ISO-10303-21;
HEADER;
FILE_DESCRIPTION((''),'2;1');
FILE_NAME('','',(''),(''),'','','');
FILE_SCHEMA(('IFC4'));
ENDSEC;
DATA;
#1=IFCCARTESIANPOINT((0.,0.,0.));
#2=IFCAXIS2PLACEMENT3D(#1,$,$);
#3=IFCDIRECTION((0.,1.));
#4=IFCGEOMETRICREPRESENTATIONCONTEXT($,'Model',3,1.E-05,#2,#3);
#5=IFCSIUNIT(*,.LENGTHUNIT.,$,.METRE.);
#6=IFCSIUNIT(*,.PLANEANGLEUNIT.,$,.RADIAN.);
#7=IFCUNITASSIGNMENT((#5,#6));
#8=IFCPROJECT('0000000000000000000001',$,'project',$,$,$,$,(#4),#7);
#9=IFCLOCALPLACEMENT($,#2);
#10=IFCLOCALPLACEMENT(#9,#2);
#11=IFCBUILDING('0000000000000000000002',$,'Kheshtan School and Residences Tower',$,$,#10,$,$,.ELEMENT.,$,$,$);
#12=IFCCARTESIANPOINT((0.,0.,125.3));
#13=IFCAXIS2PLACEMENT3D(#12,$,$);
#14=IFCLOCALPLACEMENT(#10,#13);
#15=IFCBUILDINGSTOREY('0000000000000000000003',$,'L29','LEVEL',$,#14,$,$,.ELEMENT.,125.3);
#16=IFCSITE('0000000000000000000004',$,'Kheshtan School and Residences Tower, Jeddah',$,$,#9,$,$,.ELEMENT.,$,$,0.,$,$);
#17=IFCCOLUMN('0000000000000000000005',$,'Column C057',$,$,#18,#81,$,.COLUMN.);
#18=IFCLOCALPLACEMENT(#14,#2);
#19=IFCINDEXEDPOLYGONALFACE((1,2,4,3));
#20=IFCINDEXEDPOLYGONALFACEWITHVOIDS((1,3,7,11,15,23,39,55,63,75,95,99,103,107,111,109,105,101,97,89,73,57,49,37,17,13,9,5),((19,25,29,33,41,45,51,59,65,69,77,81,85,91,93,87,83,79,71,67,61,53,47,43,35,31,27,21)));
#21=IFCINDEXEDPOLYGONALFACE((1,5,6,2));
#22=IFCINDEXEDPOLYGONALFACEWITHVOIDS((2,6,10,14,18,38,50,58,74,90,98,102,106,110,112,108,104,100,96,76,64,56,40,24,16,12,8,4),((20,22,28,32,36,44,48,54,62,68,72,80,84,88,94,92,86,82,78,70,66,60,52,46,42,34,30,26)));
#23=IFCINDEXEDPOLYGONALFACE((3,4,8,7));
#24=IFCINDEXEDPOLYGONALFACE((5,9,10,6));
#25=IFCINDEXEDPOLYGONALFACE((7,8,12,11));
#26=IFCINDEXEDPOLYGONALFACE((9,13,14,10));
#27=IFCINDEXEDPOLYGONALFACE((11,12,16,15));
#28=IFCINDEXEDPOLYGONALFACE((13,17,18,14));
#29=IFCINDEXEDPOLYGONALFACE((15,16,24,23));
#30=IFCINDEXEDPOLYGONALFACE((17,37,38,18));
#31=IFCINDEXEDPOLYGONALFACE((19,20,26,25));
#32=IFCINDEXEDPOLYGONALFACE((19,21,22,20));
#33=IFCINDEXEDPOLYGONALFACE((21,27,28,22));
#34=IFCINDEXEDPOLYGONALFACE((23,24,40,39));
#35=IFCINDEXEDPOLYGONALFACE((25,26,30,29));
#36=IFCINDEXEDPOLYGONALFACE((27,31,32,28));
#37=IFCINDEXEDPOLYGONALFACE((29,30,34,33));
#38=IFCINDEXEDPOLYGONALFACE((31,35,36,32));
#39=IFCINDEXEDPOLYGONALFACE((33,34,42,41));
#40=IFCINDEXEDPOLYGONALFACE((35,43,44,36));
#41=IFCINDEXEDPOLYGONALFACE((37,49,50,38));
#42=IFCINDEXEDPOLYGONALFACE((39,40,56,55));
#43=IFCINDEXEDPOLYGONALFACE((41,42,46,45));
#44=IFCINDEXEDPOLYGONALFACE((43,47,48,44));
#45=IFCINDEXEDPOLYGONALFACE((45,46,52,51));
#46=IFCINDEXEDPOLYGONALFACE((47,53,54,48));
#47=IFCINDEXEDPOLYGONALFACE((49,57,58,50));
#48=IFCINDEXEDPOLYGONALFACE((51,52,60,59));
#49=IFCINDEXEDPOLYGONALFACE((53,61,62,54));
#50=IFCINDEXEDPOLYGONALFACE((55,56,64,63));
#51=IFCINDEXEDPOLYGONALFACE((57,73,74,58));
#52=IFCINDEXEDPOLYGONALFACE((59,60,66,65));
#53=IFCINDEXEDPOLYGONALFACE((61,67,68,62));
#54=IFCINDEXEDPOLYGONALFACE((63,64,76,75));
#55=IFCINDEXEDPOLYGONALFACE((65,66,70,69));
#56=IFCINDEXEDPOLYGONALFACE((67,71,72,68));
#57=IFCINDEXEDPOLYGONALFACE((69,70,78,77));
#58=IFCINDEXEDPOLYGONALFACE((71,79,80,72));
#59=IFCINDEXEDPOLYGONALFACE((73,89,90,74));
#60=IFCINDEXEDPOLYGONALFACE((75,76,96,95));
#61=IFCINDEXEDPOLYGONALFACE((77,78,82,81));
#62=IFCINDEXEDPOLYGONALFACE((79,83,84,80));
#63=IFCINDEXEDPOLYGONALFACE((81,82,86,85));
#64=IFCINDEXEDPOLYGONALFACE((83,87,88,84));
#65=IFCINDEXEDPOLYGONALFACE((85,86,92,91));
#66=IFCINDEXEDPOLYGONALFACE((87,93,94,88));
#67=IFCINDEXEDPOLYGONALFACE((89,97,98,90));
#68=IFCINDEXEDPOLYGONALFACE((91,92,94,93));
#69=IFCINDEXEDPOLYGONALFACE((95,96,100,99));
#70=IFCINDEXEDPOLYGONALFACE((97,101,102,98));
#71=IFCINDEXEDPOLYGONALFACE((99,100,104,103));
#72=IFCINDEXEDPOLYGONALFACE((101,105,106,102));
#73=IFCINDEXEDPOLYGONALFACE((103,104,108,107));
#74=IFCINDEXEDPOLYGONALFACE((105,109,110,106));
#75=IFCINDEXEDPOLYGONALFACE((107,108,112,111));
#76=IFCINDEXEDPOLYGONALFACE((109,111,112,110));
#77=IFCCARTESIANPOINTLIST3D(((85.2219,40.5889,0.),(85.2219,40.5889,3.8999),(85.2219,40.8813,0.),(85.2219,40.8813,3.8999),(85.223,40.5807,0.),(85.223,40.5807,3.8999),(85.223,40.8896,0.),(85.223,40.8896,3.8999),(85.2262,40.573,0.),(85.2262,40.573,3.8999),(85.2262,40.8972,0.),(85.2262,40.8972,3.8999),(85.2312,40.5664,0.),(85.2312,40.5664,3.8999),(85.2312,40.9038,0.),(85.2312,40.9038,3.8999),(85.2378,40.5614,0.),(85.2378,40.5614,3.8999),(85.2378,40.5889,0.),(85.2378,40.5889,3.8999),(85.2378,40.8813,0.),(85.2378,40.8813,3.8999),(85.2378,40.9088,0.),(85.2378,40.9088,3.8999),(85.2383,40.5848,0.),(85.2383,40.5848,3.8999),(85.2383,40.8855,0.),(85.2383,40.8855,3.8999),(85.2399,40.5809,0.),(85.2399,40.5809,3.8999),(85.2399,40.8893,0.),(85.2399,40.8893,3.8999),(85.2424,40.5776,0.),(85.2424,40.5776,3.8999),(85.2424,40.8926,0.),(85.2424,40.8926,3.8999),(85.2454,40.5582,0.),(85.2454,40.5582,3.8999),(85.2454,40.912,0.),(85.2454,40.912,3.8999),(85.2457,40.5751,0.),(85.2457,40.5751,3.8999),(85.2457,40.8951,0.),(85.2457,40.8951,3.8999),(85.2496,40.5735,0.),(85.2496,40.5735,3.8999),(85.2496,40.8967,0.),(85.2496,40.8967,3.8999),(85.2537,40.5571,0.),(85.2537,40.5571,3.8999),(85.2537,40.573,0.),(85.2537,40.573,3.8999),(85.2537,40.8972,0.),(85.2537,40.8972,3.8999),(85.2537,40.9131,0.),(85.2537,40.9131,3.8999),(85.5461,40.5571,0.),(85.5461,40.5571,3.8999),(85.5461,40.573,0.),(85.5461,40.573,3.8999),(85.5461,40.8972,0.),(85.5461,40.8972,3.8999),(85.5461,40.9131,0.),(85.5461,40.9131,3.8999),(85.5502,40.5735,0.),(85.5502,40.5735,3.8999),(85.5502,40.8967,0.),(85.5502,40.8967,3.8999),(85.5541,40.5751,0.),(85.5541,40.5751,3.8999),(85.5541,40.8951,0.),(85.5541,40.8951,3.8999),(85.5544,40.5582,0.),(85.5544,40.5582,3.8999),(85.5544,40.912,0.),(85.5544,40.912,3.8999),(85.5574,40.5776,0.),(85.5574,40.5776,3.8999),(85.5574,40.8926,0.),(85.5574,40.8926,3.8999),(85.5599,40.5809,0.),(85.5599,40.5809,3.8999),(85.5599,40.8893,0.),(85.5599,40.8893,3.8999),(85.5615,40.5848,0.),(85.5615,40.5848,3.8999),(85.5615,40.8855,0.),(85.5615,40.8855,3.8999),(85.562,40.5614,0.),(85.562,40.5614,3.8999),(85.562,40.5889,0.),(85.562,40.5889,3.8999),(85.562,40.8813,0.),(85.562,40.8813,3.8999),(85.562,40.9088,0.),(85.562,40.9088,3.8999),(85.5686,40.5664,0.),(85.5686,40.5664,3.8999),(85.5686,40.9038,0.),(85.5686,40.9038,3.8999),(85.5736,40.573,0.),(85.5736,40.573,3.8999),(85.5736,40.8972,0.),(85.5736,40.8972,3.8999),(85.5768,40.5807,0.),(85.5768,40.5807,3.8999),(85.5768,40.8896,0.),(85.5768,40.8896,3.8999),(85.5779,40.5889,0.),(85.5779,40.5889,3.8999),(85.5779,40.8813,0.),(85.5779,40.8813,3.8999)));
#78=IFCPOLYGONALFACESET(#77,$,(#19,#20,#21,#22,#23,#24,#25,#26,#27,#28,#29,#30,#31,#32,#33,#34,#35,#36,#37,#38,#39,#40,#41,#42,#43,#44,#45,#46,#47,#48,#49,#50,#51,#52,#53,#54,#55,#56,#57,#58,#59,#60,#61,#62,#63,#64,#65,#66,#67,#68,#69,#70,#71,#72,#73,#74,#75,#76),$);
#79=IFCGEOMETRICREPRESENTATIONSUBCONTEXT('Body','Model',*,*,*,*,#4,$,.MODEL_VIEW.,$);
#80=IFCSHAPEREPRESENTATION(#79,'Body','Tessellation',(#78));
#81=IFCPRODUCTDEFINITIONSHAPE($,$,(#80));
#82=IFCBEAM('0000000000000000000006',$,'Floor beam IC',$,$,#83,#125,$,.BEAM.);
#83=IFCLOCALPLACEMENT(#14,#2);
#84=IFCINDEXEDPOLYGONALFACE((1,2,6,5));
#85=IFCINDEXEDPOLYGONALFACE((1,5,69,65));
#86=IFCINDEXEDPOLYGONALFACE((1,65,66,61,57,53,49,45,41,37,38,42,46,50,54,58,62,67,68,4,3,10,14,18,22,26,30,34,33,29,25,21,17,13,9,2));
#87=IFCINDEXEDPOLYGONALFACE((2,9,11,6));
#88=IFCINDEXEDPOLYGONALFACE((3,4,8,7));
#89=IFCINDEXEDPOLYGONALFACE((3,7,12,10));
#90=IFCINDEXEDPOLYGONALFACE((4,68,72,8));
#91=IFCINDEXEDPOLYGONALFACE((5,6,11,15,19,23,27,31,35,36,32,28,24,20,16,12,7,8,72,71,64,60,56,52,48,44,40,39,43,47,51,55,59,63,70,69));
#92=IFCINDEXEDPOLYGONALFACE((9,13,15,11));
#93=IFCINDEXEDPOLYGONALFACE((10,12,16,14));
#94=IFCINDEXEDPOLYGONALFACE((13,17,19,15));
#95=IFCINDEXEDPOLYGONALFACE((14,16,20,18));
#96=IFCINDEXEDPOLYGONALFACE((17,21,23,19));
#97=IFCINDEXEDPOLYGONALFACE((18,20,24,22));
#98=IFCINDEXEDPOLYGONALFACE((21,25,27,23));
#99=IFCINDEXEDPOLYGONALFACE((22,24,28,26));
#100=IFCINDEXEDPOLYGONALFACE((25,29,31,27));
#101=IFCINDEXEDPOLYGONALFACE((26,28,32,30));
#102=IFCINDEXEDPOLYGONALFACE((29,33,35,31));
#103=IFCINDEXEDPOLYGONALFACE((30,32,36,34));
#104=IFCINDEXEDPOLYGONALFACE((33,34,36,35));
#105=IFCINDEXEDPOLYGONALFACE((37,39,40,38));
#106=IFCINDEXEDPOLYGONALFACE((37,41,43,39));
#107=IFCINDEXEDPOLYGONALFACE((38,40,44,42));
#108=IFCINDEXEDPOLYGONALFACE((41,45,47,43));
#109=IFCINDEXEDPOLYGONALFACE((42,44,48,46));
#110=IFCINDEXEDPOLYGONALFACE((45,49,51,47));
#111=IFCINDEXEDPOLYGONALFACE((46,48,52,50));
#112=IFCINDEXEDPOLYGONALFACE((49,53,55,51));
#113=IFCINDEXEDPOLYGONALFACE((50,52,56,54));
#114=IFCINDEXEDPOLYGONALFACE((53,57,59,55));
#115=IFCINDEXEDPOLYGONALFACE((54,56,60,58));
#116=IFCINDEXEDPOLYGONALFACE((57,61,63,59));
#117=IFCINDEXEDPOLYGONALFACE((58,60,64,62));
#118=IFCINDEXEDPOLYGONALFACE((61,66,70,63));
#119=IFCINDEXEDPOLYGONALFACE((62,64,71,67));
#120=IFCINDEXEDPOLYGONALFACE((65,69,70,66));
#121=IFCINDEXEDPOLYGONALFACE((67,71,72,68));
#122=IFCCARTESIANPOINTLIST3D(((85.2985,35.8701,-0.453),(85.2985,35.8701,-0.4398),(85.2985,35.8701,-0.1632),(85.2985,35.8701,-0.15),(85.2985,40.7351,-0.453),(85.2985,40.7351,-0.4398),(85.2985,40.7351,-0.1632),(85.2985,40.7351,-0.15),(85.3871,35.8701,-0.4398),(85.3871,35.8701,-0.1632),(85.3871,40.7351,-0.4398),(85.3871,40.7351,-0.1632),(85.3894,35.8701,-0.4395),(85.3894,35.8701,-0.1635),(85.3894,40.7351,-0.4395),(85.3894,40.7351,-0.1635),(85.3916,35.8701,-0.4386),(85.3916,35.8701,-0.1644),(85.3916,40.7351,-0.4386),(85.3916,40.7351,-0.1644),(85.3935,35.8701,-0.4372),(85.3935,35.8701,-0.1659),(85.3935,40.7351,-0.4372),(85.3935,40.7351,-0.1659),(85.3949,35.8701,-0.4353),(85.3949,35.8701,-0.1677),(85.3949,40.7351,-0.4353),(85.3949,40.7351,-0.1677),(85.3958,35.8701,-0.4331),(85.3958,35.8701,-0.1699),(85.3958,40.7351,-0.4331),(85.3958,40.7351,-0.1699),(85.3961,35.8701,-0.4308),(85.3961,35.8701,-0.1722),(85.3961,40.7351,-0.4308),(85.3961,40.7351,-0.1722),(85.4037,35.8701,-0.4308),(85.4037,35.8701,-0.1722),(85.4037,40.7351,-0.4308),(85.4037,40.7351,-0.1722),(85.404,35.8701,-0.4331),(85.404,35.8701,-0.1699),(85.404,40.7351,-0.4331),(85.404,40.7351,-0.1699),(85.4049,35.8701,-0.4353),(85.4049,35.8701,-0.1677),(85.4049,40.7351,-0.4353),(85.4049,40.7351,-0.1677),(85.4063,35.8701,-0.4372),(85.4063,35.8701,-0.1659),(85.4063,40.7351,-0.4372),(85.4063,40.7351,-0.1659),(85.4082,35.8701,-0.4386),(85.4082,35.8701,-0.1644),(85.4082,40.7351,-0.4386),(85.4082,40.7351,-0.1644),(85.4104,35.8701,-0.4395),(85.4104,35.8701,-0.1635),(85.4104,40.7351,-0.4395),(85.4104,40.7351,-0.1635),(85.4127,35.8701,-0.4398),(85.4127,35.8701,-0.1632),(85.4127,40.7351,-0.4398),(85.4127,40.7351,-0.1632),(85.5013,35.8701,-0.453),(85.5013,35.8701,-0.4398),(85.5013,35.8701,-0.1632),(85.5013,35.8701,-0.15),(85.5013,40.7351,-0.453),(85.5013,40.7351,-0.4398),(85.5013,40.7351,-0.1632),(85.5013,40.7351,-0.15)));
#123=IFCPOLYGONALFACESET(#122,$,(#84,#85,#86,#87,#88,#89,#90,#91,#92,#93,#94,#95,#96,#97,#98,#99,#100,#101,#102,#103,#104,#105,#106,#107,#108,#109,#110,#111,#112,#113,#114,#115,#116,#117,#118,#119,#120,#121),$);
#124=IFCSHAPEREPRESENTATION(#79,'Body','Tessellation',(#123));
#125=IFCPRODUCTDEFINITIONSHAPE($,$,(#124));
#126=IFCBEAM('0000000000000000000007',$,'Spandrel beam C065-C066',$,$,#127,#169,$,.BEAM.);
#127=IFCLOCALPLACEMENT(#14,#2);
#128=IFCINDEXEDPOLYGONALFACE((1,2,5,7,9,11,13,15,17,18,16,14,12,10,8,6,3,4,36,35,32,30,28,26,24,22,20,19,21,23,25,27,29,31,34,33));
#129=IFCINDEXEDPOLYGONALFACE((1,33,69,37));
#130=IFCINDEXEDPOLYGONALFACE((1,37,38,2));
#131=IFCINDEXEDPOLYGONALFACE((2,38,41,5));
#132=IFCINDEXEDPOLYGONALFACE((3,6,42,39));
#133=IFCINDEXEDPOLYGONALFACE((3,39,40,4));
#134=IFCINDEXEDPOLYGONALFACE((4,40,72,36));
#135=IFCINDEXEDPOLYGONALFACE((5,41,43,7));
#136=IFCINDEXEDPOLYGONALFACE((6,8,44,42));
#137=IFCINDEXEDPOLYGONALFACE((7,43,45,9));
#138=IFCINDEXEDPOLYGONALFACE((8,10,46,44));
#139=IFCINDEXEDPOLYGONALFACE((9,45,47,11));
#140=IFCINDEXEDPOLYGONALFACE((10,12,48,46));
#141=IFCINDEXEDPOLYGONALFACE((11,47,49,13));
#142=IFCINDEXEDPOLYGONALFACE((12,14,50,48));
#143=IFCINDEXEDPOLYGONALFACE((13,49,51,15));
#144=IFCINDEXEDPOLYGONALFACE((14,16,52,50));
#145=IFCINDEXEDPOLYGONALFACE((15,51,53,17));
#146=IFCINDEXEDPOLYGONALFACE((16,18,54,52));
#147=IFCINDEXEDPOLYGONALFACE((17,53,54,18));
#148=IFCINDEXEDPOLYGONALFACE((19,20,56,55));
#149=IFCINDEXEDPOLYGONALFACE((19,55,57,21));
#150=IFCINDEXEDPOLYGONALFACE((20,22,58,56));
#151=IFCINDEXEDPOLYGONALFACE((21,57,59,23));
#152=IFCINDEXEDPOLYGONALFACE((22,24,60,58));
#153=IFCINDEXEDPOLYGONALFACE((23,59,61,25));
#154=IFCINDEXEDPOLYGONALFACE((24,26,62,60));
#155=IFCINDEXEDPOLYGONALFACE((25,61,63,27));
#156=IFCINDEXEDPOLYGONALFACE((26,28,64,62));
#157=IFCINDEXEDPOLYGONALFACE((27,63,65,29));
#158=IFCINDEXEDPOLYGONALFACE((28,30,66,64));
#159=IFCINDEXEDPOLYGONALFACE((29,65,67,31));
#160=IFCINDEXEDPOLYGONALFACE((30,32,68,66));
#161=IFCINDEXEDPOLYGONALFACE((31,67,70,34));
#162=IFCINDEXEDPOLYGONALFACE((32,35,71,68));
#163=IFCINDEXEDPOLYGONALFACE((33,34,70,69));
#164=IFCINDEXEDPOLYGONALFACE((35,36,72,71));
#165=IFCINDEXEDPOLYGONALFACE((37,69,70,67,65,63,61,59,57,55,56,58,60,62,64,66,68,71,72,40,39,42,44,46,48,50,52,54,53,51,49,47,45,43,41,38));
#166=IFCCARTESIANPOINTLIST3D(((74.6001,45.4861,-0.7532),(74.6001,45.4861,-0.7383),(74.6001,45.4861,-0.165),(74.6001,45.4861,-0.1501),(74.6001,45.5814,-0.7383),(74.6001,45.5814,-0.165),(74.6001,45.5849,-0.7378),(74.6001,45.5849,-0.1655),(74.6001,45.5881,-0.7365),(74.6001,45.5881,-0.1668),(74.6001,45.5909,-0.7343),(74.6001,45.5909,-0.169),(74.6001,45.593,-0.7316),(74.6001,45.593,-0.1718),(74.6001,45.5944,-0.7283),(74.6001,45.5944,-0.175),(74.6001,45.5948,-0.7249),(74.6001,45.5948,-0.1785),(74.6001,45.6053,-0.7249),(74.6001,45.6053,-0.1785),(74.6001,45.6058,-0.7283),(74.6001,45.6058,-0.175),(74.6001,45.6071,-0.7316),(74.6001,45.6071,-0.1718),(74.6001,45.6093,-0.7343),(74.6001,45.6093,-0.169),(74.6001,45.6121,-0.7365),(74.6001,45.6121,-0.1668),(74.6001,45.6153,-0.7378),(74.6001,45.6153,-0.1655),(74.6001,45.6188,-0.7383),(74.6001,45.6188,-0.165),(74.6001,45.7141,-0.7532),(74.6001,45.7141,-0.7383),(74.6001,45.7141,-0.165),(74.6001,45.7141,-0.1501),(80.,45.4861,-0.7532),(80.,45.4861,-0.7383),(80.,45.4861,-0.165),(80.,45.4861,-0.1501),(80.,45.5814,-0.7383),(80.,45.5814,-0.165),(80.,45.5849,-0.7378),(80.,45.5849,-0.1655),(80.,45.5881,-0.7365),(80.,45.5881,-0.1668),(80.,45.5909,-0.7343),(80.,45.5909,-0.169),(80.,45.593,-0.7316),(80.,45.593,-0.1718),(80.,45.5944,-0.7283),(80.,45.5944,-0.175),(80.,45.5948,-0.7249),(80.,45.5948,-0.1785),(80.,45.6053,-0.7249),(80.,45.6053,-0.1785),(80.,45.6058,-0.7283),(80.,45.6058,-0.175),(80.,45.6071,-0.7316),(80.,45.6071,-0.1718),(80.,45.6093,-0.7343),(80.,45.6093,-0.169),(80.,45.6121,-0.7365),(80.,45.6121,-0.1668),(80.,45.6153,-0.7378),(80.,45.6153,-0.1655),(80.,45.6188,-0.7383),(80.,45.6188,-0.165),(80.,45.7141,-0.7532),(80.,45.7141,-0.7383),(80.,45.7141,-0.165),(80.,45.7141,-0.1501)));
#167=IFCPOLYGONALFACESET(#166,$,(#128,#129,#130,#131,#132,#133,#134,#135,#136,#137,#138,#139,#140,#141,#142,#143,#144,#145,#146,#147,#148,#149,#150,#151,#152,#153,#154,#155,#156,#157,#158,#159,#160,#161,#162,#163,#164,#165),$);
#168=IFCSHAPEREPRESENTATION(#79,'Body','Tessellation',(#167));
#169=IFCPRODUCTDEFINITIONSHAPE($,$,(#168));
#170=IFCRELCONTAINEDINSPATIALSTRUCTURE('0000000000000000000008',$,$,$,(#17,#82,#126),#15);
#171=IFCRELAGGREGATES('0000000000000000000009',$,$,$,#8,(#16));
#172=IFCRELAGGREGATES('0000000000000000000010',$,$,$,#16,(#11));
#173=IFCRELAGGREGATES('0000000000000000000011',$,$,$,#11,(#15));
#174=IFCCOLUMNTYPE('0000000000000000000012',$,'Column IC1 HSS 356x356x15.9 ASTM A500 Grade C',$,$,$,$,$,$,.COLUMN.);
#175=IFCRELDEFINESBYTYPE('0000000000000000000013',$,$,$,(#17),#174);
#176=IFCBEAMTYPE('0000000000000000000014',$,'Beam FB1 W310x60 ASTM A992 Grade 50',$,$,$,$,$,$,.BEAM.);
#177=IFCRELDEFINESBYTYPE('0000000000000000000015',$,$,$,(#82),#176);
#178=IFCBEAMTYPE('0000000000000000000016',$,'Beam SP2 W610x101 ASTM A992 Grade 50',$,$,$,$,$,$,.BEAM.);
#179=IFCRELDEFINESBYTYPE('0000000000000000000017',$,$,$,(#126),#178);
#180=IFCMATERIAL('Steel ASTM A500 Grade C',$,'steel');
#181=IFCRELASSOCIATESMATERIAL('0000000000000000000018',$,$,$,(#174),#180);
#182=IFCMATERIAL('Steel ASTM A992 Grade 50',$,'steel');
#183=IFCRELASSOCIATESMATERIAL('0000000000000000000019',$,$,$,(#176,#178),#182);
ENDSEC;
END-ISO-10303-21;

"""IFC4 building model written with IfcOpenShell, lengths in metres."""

from ifc_helpers import new_model, si_unit, direction, frame, origin, origin_2d, place, context, subcontext, project, spatial, hollow_rectangle, i_section, extrude, material, material_profile, profile_set, type_object, element, save


model = new_model("IFC4")

# Units and contexts
model_context = context("Model", 3, precision=1e-05, world=origin(), true_north=direction((0.0, 1.0)))
body_context = subcontext(model_context, "Body", "Model", "MODEL_VIEW")
ifc_project = project(units=[si_unit("LENGTHUNIT", "METRE"), si_unit("PLANEANGLEUNIT", "RADIAN")], contexts=[model_context])

# Site, building, storey
site_placement = place(None, origin())
site = spatial("IfcSite", under=ifc_project, at=site_placement, Name="Kheshtan School and Residences Tower, Jeddah", CompositionType="ELEMENT", RefElevation=0.0)
building_placement = place(site_placement, origin())
building = spatial("IfcBuilding", under=site, at=building_placement, Name="Kheshtan School and Residences Tower", CompositionType="ELEMENT")
storey_placement = place(building_placement, frame((0.0, 0.0, 125.3)))
storey = spatial("IfcBuildingStorey", under=building, at=storey_placement, Name="L29", Description="LEVEL", CompositionType="ELEMENT", Elevation=125.3)

# Column
ifc_material_1 = material(Name="Steel ASTM A992 Grade 50", Category="steel")
ifc_material_2 = material(Name="Steel ASTM A500 Grade C", Category="steel")
ifc_material_profile_1 = material_profile(ifc_material_2, hollow_rectangle(XDim=0.356, YDim=0.356, WallThickness=0.0159, InnerFilletRadius=0.0159, OuterFilletRadius=0.0317, at=origin_2d()), Name="HSS 356x356x15.9")
ifc_profile_set_1 = profile_set([ifc_material_profile_1], Name="Steel ASTM A500 Grade C")
column_type_1 = type_object("IfcColumnType", Name="Column IC1 HSS 356x356x15.9 ASTM A500 Grade C", PredefinedType="COLUMN", material=ifc_profile_set_1)
for number, where, z_axis, x_axis, name in (
    (1, (85.3999, 40.7351, 0.0), (0.0, 0.0, 1.0), (1.0, 0.0, 0.0), "Column C057"),
):
    element("IfcColumn", number, at=place(storey_placement, frame(where, z_axis=z_axis, x_axis=x_axis)), inside=storey, type_object=column_type_1, Name=name, PredefinedType="COLUMN", context=body_context, shape_type="SweptSolid", body=[
        extrude(hollow_rectangle(XDim=0.356, YDim=0.356, WallThickness=0.0159, InnerFilletRadius=0.0159, OuterFilletRadius=0.0317, at=origin_2d()), origin(), (0.0, 0.0, 1.0), 3.8999),
    ])

# Beams
ifc_material_profile_2 = material_profile(ifc_material_1, i_section(OverallWidth=0.2029, OverallDepth=0.303, WebThickness=0.0076, FlangeThickness=0.0132, FilletRadius=0.009, at=origin_2d()), Name="W310x60")
ifc_profile_set_2 = profile_set([ifc_material_profile_2], Name="Steel ASTM A992 Grade 50")
beam_type_1 = type_object("IfcBeamType", Name="Beam FB1 W310x60 ASTM A992 Grade 50", PredefinedType="BEAM", material=ifc_profile_set_2)
beam_placement = place(storey_placement, frame((85.3999, 40.7351, -0.3015), z_axis=(0.0, -1.0, 0.0), x_axis=(1.0, 0.0, 0.0)))
element("IfcBeam", 2, at=beam_placement, inside=storey, type_object=beam_type_1, Name="Floor beam IC", PredefinedType="BEAM", context=body_context, shape_type="SweptSolid", body=[
    extrude(i_section(OverallWidth=0.2029, OverallDepth=0.303, WebThickness=0.0076, FlangeThickness=0.0132, FilletRadius=0.009, at=origin_2d()), origin(), (0.0, 0.0, 1.0), 4.865),
])
ifc_material_profile_3 = material_profile(ifc_material_1, i_section(OverallWidth=0.228, OverallDepth=0.603, WebThickness=0.0105, FlangeThickness=0.0149, FilletRadius=0.0134, at=origin_2d()), Name="W610x101")
ifc_profile_set_3 = profile_set([ifc_material_profile_3], Name="Steel ASTM A992 Grade 50")
beam_type_2 = type_object("IfcBeamType", Name="Beam SP2 W610x101 ASTM A992 Grade 50", PredefinedType="BEAM", material=ifc_profile_set_3)
for number, where, z_axis, x_axis, name in (
    (3, (74.6001, 45.6001, -0.4517), (1.0, 0.0, 0.0), (0.0, 1.0, 0.0), "Spandrel beam C065-C066"),
):
    element("IfcBeam", number, at=place(storey_placement, frame(where, z_axis=z_axis, x_axis=x_axis)), inside=storey, type_object=beam_type_2, Name=name, PredefinedType="BEAM", context=body_context, shape_type="SweptSolid", body=[
        extrude(i_section(OverallWidth=0.228, OverallDepth=0.603, WebThickness=0.0105, FlangeThickness=0.0149, FilletRadius=0.0134, at=origin_2d()), origin(), (0.0, 0.0, 1.0), 5.3999),
    ])

save(model, "model.ifc")
